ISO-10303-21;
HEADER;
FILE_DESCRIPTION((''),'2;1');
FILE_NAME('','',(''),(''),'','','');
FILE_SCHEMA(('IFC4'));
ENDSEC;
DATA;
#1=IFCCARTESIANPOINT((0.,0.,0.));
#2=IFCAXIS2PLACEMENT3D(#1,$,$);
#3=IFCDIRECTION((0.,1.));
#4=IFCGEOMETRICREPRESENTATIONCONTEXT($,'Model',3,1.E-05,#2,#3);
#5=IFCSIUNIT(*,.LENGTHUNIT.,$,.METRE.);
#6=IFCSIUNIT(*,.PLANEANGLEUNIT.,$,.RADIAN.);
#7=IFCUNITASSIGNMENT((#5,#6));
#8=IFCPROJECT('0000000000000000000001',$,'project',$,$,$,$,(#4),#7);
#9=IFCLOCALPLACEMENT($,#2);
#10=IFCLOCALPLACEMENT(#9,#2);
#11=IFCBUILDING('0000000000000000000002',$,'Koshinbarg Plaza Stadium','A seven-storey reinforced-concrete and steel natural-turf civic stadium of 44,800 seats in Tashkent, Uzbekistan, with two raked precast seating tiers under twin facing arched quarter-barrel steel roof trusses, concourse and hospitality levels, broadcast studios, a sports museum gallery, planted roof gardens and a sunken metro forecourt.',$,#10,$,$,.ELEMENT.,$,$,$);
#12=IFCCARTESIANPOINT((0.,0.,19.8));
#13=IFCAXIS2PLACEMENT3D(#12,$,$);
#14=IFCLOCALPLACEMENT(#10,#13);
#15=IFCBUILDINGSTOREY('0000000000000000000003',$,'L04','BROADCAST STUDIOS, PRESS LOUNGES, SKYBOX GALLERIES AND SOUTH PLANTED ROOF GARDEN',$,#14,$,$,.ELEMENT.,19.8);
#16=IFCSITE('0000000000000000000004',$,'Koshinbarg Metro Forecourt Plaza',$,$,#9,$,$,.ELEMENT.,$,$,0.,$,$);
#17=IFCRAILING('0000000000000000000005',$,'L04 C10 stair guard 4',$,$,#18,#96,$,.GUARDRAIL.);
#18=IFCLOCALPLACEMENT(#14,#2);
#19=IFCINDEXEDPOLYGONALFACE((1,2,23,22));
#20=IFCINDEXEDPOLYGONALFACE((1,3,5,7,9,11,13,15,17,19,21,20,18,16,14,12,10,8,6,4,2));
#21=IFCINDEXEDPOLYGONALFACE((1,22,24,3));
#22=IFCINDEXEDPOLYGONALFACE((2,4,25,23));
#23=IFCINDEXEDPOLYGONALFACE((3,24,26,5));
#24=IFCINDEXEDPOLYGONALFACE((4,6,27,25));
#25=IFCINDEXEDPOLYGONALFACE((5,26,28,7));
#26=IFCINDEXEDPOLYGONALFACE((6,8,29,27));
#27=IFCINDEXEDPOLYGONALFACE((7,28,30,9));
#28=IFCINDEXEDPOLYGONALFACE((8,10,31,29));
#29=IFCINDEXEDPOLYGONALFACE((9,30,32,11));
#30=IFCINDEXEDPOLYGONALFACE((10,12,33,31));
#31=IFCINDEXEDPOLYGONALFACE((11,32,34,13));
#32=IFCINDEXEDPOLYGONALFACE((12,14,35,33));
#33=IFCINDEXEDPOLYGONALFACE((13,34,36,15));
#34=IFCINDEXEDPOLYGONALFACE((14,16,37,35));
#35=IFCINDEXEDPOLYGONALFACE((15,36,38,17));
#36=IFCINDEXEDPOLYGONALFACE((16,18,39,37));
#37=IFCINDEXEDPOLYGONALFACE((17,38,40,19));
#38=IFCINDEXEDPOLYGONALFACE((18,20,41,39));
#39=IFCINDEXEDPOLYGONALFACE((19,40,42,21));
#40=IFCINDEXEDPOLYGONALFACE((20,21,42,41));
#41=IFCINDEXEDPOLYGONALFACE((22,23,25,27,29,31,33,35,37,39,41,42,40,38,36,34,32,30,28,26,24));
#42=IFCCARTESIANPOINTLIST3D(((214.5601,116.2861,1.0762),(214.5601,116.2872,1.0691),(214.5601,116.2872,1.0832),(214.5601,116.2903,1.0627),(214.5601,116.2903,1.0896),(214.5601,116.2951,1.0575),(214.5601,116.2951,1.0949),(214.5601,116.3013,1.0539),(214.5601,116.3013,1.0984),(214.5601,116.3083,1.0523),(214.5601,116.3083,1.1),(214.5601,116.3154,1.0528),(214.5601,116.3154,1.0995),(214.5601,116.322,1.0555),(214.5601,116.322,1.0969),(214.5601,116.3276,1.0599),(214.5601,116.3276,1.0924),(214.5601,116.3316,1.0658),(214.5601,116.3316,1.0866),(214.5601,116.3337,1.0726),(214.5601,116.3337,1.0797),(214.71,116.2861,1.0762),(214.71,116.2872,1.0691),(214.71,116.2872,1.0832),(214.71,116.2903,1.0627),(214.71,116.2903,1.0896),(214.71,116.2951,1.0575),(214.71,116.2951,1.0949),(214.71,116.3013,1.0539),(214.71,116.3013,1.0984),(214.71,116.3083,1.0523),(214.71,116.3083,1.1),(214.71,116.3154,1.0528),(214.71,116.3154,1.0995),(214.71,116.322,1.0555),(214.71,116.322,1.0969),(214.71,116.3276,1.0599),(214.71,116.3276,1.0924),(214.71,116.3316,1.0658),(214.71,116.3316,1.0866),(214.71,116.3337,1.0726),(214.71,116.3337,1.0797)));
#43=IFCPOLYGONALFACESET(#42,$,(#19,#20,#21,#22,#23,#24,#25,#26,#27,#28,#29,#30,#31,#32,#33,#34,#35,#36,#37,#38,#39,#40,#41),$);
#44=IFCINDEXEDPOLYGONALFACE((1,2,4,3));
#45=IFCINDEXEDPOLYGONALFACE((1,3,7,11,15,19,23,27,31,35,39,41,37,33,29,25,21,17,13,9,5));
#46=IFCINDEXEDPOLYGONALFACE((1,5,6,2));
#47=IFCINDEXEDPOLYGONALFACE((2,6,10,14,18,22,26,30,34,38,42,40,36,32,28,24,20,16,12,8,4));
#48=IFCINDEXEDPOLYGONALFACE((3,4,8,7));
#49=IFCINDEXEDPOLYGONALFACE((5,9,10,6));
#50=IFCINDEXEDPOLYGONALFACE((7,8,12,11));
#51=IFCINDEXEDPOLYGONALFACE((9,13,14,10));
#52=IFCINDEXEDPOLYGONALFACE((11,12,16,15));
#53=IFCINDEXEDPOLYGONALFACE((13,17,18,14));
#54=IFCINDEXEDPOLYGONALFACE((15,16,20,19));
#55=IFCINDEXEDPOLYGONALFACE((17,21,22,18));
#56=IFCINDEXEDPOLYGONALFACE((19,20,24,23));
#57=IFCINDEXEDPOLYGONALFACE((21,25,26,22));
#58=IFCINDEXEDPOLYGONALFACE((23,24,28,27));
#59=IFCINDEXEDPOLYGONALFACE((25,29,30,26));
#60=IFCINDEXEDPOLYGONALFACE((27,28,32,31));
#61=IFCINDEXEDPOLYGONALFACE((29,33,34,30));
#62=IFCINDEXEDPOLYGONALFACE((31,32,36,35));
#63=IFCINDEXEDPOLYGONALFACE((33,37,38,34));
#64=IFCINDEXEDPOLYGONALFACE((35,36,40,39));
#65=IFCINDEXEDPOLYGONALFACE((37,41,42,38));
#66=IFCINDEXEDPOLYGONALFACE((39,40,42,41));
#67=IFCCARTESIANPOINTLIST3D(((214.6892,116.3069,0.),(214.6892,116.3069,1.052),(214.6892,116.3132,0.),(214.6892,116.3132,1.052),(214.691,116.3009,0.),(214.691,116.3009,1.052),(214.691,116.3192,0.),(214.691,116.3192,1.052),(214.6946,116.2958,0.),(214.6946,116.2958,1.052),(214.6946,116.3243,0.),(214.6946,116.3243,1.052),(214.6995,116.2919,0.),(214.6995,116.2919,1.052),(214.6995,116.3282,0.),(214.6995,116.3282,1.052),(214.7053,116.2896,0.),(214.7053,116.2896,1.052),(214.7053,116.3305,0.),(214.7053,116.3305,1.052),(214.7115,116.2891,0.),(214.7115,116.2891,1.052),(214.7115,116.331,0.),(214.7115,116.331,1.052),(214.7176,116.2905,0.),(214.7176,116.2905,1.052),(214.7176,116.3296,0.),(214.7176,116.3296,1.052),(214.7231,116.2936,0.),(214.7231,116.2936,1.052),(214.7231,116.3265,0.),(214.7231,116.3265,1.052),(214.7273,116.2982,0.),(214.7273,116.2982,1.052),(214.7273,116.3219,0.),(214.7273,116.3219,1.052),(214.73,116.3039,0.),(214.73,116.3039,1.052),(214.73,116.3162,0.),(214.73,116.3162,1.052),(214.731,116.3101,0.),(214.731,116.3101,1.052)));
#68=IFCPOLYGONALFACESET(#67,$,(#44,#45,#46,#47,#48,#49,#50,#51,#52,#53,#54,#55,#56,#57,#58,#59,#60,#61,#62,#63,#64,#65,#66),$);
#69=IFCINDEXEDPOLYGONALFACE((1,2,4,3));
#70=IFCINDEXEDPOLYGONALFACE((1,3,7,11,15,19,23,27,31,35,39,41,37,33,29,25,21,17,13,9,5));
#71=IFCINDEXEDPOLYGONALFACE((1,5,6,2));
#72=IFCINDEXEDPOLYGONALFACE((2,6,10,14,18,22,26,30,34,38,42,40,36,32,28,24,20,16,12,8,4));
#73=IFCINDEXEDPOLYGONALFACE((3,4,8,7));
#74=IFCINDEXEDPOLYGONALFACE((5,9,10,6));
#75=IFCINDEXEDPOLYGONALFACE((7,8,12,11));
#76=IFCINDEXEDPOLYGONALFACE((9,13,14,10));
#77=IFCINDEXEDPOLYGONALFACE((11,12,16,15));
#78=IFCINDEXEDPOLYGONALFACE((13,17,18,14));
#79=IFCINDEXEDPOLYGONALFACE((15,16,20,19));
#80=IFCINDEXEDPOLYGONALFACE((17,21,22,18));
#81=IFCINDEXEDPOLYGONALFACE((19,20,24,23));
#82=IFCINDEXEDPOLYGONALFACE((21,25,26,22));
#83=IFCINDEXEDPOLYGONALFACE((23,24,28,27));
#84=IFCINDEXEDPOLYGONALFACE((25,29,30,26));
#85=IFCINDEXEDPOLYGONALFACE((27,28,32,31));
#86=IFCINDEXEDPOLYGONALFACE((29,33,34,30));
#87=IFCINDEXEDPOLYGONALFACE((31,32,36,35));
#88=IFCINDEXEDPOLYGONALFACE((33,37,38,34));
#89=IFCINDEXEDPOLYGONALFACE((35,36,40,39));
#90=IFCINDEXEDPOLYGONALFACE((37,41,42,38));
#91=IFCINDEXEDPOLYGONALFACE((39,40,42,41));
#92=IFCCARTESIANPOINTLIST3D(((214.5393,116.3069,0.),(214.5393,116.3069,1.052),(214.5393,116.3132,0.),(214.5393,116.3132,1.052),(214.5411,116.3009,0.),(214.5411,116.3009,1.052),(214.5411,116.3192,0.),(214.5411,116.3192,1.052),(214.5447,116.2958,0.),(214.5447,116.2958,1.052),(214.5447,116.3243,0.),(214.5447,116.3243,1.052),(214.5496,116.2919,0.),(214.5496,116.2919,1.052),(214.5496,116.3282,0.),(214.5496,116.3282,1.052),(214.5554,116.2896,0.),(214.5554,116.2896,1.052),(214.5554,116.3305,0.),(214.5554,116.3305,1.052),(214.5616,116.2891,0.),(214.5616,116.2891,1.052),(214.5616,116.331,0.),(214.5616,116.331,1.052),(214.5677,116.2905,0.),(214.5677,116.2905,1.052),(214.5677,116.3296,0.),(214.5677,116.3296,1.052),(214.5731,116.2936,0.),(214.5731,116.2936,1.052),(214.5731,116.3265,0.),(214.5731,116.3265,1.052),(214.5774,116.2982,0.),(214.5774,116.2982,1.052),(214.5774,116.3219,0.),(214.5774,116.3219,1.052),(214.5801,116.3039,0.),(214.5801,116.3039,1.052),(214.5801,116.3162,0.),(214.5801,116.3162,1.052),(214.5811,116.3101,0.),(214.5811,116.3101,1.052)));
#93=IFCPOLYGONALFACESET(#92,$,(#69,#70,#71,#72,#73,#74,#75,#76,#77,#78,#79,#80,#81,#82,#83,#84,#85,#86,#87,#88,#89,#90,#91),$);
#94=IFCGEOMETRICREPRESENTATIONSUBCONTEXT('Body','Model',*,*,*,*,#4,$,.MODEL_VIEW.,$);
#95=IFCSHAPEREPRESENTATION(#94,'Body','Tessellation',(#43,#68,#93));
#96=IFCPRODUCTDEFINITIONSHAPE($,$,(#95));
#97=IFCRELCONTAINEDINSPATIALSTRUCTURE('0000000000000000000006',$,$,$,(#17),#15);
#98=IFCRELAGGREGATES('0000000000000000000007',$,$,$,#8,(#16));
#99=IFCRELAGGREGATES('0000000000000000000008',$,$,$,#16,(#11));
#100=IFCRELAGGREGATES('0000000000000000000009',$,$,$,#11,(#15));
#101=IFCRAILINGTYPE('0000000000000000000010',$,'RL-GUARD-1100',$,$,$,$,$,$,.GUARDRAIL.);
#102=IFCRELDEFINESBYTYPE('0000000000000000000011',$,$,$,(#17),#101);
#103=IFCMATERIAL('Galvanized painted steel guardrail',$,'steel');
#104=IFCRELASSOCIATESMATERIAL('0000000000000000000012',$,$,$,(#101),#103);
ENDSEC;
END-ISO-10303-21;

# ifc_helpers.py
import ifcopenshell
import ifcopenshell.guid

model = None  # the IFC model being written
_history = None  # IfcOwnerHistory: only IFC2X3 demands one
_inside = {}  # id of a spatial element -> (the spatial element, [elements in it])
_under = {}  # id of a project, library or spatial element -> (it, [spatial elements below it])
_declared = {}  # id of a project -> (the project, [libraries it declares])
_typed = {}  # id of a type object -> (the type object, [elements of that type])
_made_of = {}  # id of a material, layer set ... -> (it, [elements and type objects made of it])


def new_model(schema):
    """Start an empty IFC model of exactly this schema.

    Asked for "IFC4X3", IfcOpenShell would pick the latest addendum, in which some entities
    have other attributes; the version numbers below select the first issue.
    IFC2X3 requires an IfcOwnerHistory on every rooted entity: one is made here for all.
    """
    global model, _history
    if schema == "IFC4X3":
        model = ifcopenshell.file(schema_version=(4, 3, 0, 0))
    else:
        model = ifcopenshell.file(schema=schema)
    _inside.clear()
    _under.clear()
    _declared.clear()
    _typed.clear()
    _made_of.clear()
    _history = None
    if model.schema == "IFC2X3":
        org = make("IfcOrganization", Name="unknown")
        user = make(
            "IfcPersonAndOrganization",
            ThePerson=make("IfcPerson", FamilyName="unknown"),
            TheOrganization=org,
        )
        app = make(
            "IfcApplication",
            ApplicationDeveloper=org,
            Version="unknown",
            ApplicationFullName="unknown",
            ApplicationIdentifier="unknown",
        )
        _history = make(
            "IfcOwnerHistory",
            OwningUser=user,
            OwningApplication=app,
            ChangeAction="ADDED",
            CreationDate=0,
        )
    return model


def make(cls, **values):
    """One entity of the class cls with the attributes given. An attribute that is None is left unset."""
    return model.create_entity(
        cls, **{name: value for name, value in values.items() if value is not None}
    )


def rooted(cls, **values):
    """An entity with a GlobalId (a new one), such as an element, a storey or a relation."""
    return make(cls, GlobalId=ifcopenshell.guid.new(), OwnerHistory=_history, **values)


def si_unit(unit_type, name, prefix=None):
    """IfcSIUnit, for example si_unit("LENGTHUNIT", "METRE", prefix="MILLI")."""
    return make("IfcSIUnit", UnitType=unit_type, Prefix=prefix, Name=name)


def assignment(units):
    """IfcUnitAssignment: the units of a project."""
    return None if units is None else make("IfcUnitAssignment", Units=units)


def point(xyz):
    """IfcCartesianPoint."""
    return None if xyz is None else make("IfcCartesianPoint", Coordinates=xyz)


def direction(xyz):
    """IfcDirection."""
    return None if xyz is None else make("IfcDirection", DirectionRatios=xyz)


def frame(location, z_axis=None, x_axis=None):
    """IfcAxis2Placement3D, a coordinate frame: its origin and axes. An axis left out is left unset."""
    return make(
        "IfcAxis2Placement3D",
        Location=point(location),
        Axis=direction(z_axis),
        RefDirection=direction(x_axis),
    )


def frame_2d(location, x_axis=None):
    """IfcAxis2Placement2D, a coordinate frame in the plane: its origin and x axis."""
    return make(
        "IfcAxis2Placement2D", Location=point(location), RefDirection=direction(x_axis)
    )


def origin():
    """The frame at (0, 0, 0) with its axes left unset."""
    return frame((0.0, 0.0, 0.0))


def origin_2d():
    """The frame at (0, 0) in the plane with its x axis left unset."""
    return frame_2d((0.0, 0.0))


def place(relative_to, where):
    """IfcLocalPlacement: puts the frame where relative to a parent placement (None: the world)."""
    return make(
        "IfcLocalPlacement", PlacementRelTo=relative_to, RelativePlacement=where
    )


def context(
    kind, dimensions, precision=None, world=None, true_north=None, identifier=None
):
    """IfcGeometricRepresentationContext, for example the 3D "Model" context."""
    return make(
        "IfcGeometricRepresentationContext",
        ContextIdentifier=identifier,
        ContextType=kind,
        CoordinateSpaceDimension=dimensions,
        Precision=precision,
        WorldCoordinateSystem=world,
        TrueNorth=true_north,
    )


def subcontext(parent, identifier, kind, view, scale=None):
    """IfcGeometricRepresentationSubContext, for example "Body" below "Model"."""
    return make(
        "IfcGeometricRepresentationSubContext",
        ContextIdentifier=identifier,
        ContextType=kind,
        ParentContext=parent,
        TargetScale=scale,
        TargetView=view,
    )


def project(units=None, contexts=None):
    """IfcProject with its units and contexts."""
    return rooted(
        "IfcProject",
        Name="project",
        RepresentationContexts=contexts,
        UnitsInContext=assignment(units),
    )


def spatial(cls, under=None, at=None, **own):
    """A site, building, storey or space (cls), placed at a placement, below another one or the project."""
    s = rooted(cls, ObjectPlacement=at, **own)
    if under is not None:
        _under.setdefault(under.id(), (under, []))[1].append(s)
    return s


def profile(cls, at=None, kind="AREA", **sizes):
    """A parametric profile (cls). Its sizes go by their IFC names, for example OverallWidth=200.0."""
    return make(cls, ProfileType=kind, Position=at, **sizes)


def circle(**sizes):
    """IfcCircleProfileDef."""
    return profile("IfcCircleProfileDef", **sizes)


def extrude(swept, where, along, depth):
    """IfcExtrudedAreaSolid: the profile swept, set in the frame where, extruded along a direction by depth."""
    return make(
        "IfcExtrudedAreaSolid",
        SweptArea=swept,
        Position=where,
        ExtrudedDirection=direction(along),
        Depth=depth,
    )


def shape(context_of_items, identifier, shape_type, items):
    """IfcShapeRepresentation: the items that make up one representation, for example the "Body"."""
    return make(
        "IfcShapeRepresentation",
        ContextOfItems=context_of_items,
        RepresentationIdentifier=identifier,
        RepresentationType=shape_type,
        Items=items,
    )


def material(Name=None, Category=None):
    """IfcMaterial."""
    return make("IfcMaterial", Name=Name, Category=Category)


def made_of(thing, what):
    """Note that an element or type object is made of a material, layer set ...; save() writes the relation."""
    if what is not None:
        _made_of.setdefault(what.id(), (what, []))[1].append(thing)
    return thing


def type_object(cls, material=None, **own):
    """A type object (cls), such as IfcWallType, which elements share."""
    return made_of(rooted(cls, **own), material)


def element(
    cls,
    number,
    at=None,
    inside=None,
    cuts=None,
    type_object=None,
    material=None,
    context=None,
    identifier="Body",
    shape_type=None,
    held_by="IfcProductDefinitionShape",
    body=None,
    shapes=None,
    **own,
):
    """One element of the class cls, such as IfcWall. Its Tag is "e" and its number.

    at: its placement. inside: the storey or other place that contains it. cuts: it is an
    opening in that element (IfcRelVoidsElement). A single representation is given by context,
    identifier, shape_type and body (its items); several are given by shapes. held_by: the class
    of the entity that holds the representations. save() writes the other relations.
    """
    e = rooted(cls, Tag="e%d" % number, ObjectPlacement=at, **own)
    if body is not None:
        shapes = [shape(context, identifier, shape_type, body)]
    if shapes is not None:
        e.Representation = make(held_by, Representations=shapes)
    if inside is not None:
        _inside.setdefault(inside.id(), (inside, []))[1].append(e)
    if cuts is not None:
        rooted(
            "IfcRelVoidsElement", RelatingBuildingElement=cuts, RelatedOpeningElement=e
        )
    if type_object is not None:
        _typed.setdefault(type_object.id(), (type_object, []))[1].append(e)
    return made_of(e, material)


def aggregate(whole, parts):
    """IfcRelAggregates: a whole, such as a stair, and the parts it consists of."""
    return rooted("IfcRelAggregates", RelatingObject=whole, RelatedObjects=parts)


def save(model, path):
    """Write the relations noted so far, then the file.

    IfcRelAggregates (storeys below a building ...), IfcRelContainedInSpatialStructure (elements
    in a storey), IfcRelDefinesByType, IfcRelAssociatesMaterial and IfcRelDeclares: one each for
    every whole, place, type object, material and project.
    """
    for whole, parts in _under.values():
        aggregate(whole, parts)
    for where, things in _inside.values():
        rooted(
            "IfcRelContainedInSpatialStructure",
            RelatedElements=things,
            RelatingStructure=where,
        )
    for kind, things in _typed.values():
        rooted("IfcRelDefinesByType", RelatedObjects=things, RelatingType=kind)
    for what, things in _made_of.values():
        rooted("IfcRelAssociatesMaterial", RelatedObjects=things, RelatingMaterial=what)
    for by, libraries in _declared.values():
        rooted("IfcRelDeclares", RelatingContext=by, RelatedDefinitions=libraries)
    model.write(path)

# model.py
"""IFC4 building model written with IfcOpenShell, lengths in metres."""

from ifc_helpers import new_model, si_unit, direction, frame, origin, origin_2d, place, context, subcontext, project, spatial, circle, extrude, material, type_object, element, save


model = new_model("IFC4")

# Units and contexts
model_context = context("Model", 3, precision=1e-05, world=origin(), true_north=direction((0.0, 1.0)))
body_context = subcontext(model_context, "Body", "Model", "MODEL_VIEW")
ifc_project = project(units=[si_unit("LENGTHUNIT", "METRE"), si_unit("PLANEANGLEUNIT", "RADIAN")], contexts=[model_context])

# Site, building, storey
site_placement = place(None, origin())
site = spatial("IfcSite", under=ifc_project, at=site_placement, Name="Koshinbarg Metro Forecourt Plaza", CompositionType="ELEMENT", RefElevation=0.0)
building_placement = place(site_placement, origin())
building = spatial("IfcBuilding", under=site, at=building_placement, Name="Koshinbarg Plaza Stadium", Description="A seven-storey reinforced-concrete and steel natural-turf civic stadium of 44,800 seats in Tashkent, Uzbekistan, with two raked precast seating tiers under twin facing arched quarter-barrel steel roof trusses, concourse and hospitality levels, broadcast studios, a sports museum gallery, planted roof gardens and a sunken metro forecourt.", CompositionType="ELEMENT")
storey_placement = place(building_placement, frame((0.0, 0.0, 19.8)))
storey = spatial("IfcBuildingStorey", under=building, at=storey_placement, Name="L04", Description="BROADCAST STUDIOS, PRESS LOUNGES, SKYBOX GALLERIES AND SOUTH PLANTED ROOF GARDEN", CompositionType="ELEMENT", Elevation=19.8)

# Railing
ifc_material_1 = material(Name="Galvanized painted steel guardrail", Category="steel")
railing_type_1 = type_object("IfcRailingType", Name="RL-GUARD-1100", PredefinedType="GUARDRAIL", material=ifc_material_1)
railing_1_placement = place(storey_placement, frame((214.71, 116.3101, 0.0)))
element("IfcRailing", 1, at=railing_1_placement, inside=storey, type_object=railing_type_1, Name="L04 C10 stair guard 4", PredefinedType="GUARDRAIL", context=body_context, shape_type="SweptSolid", body=[
    extrude(circle(Radius=0.0239, at=origin_2d()), frame((0.0, 0.0, 1.0762), z_axis=(-1.0, 0.0, 0.0), x_axis=(0.0, -1.0, 0.0)), (0.0, 0.0, 1.0), 0.1499),
    extrude(circle(Radius=0.021, at=origin_2d()), origin(), (0.0, 0.0, 1.0), 1.052),
    extrude(circle(Radius=0.021, at=origin_2d()), frame((-0.1499, 0.0, 0.0)), (0.0, 0.0, 1.0), 1.052),
])

save(model, "model.ifc")
